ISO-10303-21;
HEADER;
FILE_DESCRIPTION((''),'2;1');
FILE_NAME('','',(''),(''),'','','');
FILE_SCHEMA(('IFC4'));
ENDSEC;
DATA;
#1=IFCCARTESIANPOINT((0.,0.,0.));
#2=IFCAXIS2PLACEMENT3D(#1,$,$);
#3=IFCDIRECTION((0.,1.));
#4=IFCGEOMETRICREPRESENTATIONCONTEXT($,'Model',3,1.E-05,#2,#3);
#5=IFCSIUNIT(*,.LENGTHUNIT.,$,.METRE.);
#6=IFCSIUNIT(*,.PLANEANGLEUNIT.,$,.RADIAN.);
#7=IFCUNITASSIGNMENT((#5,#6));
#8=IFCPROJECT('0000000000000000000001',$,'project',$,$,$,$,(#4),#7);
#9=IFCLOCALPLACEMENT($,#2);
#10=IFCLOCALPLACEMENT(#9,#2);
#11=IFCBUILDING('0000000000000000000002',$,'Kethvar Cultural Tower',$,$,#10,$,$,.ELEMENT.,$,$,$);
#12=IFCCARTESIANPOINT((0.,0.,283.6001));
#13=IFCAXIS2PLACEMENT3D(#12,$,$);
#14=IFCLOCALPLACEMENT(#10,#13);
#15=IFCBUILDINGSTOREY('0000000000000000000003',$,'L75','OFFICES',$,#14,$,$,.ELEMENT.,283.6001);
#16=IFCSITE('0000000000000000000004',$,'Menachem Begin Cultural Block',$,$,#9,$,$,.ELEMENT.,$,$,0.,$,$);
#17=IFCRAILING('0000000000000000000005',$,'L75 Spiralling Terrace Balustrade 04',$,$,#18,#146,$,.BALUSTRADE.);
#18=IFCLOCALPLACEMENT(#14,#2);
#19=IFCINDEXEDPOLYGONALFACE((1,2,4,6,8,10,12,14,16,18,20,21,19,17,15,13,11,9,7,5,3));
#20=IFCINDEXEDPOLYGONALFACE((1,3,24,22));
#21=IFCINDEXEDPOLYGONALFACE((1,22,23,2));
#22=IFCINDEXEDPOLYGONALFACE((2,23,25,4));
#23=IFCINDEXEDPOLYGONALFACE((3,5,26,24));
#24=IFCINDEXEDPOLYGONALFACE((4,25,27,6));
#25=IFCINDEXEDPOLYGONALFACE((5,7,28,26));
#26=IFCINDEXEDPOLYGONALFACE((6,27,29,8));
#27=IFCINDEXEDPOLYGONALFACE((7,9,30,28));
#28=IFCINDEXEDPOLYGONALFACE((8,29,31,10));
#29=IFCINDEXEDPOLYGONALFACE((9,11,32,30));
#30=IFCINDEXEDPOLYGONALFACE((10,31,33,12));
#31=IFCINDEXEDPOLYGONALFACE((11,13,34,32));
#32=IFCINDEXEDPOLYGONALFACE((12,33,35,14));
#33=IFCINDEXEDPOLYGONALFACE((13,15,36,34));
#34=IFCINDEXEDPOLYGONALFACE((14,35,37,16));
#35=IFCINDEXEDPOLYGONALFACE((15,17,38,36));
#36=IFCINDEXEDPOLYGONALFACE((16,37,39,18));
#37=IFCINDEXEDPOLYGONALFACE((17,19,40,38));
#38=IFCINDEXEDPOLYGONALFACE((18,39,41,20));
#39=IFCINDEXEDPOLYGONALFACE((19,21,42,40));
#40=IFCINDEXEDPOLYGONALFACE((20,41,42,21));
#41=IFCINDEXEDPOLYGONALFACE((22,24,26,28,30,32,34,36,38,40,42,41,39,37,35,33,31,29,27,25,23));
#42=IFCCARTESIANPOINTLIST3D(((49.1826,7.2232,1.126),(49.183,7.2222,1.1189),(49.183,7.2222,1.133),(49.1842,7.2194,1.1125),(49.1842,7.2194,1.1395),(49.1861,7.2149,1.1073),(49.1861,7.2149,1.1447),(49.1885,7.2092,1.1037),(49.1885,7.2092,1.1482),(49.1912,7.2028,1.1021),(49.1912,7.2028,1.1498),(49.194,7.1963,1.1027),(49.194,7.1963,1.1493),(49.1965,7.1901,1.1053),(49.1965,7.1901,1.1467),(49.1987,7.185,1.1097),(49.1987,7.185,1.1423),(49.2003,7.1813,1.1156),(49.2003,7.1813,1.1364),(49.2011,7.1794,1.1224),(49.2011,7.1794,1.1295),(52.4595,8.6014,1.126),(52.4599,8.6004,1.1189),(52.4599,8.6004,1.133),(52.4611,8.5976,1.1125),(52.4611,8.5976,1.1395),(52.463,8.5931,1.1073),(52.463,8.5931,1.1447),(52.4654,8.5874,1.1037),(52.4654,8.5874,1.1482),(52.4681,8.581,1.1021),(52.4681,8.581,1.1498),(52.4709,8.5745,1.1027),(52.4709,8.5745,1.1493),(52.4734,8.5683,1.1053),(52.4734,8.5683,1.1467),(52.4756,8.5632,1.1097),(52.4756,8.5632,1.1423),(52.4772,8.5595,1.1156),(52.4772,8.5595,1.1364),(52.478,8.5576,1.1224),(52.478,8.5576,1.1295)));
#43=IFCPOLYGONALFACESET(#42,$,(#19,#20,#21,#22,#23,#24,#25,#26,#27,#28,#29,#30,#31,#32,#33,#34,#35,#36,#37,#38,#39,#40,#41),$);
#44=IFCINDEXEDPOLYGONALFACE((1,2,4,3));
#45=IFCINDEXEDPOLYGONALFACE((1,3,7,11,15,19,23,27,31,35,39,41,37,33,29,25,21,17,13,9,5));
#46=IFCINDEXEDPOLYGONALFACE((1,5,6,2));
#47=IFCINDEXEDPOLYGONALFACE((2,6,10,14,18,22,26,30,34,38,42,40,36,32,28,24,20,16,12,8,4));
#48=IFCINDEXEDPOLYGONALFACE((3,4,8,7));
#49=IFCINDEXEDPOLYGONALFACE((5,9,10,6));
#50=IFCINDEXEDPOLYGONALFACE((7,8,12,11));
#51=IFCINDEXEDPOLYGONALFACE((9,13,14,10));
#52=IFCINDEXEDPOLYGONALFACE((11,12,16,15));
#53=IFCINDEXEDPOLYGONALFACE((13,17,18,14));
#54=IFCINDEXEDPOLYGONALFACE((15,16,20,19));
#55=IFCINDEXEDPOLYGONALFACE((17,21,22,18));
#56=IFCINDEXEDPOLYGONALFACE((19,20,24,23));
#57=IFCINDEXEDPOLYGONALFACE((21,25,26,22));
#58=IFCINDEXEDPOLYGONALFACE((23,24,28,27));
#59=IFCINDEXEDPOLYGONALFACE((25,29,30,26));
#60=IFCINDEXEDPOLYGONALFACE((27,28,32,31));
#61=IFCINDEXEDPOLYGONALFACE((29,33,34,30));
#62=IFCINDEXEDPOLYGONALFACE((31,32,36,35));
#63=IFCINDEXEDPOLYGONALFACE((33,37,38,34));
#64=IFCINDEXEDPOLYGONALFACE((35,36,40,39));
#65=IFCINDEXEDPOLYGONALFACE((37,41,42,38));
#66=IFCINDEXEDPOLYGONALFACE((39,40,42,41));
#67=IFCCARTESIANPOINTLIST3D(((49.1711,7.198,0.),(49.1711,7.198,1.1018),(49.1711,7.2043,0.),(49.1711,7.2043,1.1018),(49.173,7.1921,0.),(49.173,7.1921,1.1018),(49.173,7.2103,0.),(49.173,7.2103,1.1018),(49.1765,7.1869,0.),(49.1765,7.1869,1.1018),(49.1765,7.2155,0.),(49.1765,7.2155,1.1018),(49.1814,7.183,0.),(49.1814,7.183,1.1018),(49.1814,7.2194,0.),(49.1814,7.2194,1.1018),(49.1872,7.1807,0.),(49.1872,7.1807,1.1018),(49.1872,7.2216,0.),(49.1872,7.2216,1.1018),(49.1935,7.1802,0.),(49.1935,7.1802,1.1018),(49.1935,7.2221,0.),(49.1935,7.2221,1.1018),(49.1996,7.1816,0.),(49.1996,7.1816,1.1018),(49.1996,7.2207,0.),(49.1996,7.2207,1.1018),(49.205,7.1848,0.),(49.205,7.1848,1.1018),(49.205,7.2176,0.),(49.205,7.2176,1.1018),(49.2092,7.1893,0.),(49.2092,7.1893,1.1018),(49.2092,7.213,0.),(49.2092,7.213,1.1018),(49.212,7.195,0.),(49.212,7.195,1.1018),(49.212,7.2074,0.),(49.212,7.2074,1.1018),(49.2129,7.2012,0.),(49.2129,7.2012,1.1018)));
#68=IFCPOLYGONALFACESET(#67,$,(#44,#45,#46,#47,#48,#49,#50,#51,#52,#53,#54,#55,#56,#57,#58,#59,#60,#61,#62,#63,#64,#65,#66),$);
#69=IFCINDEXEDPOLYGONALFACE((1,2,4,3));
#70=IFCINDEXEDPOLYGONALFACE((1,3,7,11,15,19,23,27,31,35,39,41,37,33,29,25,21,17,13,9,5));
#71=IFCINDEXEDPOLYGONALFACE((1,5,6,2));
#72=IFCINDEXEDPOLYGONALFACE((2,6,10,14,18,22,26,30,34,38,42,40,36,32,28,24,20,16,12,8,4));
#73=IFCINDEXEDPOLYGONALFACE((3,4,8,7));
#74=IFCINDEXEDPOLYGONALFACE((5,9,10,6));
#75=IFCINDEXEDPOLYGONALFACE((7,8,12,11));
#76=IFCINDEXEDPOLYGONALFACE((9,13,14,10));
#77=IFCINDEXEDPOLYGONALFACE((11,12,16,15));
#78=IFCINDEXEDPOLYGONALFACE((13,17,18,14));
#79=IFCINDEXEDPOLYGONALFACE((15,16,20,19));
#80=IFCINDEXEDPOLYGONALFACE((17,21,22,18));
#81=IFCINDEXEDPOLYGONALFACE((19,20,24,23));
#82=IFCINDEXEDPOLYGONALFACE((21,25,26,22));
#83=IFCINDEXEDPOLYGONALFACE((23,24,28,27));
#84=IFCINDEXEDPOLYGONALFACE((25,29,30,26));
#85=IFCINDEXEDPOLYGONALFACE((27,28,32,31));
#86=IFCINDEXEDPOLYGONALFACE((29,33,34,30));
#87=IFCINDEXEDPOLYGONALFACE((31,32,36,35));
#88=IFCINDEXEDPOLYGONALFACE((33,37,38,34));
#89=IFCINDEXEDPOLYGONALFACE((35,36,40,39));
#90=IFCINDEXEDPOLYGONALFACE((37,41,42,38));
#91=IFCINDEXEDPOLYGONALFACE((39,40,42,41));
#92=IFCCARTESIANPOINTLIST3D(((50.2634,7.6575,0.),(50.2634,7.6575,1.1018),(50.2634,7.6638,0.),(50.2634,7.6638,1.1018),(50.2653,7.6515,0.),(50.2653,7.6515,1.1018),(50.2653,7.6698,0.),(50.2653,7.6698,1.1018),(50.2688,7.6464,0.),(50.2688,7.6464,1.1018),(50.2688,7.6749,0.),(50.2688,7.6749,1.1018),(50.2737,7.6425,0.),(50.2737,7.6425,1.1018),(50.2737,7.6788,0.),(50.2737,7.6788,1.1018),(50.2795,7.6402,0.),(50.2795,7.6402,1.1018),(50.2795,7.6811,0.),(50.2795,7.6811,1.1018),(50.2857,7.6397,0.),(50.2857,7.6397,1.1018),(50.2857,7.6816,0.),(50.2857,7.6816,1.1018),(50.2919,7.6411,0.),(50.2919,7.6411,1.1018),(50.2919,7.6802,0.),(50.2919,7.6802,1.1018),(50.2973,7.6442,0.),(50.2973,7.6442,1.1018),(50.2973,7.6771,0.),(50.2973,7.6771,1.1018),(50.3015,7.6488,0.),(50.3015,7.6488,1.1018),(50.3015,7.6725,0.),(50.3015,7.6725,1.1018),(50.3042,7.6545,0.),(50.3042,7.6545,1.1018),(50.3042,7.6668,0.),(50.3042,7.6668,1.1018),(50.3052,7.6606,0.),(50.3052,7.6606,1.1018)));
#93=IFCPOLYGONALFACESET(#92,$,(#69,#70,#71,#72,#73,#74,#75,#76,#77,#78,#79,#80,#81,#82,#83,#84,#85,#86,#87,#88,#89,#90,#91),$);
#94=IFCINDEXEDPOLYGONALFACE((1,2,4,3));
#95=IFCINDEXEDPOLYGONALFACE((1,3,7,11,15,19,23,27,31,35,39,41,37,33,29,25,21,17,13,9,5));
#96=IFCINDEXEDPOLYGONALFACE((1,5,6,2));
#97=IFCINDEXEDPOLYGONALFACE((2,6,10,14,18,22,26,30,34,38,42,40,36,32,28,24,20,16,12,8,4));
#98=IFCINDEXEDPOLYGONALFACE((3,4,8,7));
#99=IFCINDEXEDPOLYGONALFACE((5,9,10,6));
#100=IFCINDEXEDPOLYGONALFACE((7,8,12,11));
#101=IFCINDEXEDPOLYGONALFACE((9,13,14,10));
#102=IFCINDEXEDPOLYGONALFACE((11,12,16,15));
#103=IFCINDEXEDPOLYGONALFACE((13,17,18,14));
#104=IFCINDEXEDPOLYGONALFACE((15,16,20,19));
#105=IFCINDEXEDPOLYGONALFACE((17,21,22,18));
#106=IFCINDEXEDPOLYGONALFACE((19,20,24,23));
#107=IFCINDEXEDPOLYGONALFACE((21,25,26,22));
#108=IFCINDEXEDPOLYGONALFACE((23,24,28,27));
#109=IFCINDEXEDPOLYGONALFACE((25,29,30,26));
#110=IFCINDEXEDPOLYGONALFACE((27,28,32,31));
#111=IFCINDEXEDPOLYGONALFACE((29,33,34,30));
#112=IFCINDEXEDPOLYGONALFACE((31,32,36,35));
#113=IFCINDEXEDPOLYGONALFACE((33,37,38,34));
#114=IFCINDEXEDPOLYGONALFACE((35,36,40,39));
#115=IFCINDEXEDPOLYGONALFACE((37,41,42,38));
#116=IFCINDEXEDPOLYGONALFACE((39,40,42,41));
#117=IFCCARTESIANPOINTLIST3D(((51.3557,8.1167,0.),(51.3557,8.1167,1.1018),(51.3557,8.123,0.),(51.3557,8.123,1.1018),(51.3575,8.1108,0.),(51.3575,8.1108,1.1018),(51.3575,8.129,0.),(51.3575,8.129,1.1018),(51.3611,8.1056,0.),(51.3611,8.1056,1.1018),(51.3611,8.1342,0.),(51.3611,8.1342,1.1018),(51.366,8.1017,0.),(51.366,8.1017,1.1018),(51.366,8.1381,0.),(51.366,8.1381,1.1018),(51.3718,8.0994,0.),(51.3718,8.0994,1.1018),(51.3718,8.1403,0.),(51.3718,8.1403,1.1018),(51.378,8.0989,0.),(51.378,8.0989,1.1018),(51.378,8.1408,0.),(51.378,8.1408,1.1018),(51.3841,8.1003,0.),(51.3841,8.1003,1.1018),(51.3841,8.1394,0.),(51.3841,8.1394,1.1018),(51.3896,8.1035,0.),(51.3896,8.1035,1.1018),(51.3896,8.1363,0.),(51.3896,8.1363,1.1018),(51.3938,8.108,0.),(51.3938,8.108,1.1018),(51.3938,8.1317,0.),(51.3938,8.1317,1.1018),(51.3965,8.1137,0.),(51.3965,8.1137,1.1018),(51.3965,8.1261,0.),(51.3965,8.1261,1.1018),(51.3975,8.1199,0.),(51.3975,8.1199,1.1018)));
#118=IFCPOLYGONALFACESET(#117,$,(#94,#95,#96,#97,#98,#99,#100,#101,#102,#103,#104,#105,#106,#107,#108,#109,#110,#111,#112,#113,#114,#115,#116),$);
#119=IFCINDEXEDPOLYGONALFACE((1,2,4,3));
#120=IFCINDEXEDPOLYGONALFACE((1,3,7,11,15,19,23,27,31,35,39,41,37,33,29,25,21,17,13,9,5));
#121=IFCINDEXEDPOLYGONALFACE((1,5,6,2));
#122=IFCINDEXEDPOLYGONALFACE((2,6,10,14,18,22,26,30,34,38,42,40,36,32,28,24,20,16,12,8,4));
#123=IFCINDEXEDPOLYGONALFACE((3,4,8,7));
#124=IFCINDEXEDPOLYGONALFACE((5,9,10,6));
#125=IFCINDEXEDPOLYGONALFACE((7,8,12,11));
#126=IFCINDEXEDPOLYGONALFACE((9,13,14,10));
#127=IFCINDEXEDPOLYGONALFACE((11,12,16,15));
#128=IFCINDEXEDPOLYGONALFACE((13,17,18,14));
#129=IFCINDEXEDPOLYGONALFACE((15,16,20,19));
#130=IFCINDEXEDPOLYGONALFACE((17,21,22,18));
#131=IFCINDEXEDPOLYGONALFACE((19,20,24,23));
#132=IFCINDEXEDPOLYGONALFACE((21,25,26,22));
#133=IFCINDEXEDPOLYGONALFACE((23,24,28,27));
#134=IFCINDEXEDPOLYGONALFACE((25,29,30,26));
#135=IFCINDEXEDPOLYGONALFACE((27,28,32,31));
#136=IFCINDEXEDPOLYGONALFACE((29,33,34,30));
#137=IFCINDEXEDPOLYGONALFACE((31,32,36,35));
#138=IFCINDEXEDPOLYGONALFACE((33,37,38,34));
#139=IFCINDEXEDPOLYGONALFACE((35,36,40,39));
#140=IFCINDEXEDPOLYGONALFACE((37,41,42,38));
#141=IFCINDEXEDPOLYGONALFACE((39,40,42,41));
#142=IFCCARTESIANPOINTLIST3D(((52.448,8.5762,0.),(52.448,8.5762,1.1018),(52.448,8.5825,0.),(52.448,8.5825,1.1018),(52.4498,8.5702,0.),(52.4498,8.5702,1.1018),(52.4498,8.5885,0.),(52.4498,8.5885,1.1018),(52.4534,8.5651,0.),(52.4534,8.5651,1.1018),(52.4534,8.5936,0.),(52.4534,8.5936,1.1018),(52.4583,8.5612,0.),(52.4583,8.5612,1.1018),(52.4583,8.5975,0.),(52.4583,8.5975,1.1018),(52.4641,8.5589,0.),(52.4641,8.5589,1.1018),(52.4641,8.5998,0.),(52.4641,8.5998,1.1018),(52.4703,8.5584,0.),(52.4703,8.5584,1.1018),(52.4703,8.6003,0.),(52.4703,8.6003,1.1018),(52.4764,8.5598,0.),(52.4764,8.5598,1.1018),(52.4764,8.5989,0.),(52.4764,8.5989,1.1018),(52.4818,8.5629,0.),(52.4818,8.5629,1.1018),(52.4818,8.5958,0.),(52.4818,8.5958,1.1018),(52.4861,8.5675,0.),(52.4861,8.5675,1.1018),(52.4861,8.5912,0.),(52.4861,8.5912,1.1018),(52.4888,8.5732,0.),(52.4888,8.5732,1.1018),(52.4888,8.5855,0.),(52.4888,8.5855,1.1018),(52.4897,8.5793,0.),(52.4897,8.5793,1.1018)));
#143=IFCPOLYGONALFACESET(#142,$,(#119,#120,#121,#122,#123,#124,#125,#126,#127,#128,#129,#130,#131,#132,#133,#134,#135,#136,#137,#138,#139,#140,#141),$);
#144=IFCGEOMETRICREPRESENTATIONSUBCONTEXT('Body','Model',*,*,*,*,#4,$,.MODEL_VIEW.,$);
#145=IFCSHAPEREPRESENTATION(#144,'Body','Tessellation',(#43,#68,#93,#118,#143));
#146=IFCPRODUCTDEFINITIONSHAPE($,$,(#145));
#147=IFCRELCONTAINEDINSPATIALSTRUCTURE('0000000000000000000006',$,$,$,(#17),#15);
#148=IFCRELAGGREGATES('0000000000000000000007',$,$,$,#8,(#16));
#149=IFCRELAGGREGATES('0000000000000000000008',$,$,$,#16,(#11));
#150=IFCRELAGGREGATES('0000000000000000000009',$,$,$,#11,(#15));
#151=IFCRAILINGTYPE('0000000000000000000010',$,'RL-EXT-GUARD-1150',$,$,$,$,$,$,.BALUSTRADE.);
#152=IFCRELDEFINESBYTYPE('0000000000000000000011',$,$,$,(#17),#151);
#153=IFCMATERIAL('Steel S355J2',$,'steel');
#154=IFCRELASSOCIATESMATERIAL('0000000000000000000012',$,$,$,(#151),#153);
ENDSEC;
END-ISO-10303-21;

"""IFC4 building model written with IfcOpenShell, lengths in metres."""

from ifc_helpers import new_model, si_unit, direction, frame, origin, origin_2d, place, context, subcontext, project, spatial, circle, extrude, material, type_object, element, save


model = new_model("IFC4")

# Units and contexts
model_context = context("Model", 3, precision=1e-05, world=origin(), true_north=direction((0.0, 1.0)))
body_context = subcontext(model_context, "Body", "Model", "MODEL_VIEW")
ifc_project = project(units=[si_unit("LENGTHUNIT", "METRE"), si_unit("PLANEANGLEUNIT", "RADIAN")], contexts=[model_context])

# Site, building, storey
site_placement = place(None, origin())
site = spatial("IfcSite", under=ifc_project, at=site_placement, Name="Menachem Begin Cultural Block", CompositionType="ELEMENT", RefElevation=0.0)
building_placement = place(site_placement, origin())
building = spatial("IfcBuilding", under=site, at=building_placement, Name="Kethvar Cultural Tower", CompositionType="ELEMENT")
storey_placement = place(building_placement, frame((0.0, 0.0, 283.6001)))
storey = spatial("IfcBuildingStorey", under=building, at=storey_placement, Name="L75", Description="OFFICES", CompositionType="ELEMENT", Elevation=283.6001)

# Shared definitions
ifc_material_1 = material(Name="Steel S355J2", Category="steel")

# Railing
railing_type = type_object("IfcRailingType", Name="RL-EXT-GUARD-1150", PredefinedType="BALUSTRADE", material=ifc_material_1)
railing_1_placement = place(storey_placement, frame((49.1919, 7.2012, 0.0)))
element("IfcRailing", 1, at=railing_1_placement, inside=storey, type_object=railing_type, Name="L75 Spiralling Terrace Balustrade 04", PredefinedType="BALUSTRADE", context=body_context, shape_type="SweptSolid", body=[
    extrude(circle(Radius=0.0239, at=origin_2d()), frame((0.0, 0.0, 1.126), z_axis=(0.921792, 0.387685, 0.0), x_axis=(-0.387685, 0.921792, 0.0)), (0.0, 0.0, 1.0), 3.5549),
    extrude(circle(Radius=0.021, at=origin_2d()), origin(), (0.0, 0.0, 1.0), 1.1018),
    extrude(circle(Radius=0.021, at=origin_2d()), frame((1.0923, 0.4595, 0.0)), (0.0, 0.0, 1.0), 1.1018),
    extrude(circle(Radius=0.021, at=origin_2d()), frame((2.1846, 0.9187, 0.0)), (0.0, 0.0, 1.0), 1.1018),
    extrude(circle(Radius=0.021, at=origin_2d()), frame((3.2769, 1.3782, 0.0)), (0.0, 0.0, 1.0), 1.1018),
])

save(model, "model.ifc")
